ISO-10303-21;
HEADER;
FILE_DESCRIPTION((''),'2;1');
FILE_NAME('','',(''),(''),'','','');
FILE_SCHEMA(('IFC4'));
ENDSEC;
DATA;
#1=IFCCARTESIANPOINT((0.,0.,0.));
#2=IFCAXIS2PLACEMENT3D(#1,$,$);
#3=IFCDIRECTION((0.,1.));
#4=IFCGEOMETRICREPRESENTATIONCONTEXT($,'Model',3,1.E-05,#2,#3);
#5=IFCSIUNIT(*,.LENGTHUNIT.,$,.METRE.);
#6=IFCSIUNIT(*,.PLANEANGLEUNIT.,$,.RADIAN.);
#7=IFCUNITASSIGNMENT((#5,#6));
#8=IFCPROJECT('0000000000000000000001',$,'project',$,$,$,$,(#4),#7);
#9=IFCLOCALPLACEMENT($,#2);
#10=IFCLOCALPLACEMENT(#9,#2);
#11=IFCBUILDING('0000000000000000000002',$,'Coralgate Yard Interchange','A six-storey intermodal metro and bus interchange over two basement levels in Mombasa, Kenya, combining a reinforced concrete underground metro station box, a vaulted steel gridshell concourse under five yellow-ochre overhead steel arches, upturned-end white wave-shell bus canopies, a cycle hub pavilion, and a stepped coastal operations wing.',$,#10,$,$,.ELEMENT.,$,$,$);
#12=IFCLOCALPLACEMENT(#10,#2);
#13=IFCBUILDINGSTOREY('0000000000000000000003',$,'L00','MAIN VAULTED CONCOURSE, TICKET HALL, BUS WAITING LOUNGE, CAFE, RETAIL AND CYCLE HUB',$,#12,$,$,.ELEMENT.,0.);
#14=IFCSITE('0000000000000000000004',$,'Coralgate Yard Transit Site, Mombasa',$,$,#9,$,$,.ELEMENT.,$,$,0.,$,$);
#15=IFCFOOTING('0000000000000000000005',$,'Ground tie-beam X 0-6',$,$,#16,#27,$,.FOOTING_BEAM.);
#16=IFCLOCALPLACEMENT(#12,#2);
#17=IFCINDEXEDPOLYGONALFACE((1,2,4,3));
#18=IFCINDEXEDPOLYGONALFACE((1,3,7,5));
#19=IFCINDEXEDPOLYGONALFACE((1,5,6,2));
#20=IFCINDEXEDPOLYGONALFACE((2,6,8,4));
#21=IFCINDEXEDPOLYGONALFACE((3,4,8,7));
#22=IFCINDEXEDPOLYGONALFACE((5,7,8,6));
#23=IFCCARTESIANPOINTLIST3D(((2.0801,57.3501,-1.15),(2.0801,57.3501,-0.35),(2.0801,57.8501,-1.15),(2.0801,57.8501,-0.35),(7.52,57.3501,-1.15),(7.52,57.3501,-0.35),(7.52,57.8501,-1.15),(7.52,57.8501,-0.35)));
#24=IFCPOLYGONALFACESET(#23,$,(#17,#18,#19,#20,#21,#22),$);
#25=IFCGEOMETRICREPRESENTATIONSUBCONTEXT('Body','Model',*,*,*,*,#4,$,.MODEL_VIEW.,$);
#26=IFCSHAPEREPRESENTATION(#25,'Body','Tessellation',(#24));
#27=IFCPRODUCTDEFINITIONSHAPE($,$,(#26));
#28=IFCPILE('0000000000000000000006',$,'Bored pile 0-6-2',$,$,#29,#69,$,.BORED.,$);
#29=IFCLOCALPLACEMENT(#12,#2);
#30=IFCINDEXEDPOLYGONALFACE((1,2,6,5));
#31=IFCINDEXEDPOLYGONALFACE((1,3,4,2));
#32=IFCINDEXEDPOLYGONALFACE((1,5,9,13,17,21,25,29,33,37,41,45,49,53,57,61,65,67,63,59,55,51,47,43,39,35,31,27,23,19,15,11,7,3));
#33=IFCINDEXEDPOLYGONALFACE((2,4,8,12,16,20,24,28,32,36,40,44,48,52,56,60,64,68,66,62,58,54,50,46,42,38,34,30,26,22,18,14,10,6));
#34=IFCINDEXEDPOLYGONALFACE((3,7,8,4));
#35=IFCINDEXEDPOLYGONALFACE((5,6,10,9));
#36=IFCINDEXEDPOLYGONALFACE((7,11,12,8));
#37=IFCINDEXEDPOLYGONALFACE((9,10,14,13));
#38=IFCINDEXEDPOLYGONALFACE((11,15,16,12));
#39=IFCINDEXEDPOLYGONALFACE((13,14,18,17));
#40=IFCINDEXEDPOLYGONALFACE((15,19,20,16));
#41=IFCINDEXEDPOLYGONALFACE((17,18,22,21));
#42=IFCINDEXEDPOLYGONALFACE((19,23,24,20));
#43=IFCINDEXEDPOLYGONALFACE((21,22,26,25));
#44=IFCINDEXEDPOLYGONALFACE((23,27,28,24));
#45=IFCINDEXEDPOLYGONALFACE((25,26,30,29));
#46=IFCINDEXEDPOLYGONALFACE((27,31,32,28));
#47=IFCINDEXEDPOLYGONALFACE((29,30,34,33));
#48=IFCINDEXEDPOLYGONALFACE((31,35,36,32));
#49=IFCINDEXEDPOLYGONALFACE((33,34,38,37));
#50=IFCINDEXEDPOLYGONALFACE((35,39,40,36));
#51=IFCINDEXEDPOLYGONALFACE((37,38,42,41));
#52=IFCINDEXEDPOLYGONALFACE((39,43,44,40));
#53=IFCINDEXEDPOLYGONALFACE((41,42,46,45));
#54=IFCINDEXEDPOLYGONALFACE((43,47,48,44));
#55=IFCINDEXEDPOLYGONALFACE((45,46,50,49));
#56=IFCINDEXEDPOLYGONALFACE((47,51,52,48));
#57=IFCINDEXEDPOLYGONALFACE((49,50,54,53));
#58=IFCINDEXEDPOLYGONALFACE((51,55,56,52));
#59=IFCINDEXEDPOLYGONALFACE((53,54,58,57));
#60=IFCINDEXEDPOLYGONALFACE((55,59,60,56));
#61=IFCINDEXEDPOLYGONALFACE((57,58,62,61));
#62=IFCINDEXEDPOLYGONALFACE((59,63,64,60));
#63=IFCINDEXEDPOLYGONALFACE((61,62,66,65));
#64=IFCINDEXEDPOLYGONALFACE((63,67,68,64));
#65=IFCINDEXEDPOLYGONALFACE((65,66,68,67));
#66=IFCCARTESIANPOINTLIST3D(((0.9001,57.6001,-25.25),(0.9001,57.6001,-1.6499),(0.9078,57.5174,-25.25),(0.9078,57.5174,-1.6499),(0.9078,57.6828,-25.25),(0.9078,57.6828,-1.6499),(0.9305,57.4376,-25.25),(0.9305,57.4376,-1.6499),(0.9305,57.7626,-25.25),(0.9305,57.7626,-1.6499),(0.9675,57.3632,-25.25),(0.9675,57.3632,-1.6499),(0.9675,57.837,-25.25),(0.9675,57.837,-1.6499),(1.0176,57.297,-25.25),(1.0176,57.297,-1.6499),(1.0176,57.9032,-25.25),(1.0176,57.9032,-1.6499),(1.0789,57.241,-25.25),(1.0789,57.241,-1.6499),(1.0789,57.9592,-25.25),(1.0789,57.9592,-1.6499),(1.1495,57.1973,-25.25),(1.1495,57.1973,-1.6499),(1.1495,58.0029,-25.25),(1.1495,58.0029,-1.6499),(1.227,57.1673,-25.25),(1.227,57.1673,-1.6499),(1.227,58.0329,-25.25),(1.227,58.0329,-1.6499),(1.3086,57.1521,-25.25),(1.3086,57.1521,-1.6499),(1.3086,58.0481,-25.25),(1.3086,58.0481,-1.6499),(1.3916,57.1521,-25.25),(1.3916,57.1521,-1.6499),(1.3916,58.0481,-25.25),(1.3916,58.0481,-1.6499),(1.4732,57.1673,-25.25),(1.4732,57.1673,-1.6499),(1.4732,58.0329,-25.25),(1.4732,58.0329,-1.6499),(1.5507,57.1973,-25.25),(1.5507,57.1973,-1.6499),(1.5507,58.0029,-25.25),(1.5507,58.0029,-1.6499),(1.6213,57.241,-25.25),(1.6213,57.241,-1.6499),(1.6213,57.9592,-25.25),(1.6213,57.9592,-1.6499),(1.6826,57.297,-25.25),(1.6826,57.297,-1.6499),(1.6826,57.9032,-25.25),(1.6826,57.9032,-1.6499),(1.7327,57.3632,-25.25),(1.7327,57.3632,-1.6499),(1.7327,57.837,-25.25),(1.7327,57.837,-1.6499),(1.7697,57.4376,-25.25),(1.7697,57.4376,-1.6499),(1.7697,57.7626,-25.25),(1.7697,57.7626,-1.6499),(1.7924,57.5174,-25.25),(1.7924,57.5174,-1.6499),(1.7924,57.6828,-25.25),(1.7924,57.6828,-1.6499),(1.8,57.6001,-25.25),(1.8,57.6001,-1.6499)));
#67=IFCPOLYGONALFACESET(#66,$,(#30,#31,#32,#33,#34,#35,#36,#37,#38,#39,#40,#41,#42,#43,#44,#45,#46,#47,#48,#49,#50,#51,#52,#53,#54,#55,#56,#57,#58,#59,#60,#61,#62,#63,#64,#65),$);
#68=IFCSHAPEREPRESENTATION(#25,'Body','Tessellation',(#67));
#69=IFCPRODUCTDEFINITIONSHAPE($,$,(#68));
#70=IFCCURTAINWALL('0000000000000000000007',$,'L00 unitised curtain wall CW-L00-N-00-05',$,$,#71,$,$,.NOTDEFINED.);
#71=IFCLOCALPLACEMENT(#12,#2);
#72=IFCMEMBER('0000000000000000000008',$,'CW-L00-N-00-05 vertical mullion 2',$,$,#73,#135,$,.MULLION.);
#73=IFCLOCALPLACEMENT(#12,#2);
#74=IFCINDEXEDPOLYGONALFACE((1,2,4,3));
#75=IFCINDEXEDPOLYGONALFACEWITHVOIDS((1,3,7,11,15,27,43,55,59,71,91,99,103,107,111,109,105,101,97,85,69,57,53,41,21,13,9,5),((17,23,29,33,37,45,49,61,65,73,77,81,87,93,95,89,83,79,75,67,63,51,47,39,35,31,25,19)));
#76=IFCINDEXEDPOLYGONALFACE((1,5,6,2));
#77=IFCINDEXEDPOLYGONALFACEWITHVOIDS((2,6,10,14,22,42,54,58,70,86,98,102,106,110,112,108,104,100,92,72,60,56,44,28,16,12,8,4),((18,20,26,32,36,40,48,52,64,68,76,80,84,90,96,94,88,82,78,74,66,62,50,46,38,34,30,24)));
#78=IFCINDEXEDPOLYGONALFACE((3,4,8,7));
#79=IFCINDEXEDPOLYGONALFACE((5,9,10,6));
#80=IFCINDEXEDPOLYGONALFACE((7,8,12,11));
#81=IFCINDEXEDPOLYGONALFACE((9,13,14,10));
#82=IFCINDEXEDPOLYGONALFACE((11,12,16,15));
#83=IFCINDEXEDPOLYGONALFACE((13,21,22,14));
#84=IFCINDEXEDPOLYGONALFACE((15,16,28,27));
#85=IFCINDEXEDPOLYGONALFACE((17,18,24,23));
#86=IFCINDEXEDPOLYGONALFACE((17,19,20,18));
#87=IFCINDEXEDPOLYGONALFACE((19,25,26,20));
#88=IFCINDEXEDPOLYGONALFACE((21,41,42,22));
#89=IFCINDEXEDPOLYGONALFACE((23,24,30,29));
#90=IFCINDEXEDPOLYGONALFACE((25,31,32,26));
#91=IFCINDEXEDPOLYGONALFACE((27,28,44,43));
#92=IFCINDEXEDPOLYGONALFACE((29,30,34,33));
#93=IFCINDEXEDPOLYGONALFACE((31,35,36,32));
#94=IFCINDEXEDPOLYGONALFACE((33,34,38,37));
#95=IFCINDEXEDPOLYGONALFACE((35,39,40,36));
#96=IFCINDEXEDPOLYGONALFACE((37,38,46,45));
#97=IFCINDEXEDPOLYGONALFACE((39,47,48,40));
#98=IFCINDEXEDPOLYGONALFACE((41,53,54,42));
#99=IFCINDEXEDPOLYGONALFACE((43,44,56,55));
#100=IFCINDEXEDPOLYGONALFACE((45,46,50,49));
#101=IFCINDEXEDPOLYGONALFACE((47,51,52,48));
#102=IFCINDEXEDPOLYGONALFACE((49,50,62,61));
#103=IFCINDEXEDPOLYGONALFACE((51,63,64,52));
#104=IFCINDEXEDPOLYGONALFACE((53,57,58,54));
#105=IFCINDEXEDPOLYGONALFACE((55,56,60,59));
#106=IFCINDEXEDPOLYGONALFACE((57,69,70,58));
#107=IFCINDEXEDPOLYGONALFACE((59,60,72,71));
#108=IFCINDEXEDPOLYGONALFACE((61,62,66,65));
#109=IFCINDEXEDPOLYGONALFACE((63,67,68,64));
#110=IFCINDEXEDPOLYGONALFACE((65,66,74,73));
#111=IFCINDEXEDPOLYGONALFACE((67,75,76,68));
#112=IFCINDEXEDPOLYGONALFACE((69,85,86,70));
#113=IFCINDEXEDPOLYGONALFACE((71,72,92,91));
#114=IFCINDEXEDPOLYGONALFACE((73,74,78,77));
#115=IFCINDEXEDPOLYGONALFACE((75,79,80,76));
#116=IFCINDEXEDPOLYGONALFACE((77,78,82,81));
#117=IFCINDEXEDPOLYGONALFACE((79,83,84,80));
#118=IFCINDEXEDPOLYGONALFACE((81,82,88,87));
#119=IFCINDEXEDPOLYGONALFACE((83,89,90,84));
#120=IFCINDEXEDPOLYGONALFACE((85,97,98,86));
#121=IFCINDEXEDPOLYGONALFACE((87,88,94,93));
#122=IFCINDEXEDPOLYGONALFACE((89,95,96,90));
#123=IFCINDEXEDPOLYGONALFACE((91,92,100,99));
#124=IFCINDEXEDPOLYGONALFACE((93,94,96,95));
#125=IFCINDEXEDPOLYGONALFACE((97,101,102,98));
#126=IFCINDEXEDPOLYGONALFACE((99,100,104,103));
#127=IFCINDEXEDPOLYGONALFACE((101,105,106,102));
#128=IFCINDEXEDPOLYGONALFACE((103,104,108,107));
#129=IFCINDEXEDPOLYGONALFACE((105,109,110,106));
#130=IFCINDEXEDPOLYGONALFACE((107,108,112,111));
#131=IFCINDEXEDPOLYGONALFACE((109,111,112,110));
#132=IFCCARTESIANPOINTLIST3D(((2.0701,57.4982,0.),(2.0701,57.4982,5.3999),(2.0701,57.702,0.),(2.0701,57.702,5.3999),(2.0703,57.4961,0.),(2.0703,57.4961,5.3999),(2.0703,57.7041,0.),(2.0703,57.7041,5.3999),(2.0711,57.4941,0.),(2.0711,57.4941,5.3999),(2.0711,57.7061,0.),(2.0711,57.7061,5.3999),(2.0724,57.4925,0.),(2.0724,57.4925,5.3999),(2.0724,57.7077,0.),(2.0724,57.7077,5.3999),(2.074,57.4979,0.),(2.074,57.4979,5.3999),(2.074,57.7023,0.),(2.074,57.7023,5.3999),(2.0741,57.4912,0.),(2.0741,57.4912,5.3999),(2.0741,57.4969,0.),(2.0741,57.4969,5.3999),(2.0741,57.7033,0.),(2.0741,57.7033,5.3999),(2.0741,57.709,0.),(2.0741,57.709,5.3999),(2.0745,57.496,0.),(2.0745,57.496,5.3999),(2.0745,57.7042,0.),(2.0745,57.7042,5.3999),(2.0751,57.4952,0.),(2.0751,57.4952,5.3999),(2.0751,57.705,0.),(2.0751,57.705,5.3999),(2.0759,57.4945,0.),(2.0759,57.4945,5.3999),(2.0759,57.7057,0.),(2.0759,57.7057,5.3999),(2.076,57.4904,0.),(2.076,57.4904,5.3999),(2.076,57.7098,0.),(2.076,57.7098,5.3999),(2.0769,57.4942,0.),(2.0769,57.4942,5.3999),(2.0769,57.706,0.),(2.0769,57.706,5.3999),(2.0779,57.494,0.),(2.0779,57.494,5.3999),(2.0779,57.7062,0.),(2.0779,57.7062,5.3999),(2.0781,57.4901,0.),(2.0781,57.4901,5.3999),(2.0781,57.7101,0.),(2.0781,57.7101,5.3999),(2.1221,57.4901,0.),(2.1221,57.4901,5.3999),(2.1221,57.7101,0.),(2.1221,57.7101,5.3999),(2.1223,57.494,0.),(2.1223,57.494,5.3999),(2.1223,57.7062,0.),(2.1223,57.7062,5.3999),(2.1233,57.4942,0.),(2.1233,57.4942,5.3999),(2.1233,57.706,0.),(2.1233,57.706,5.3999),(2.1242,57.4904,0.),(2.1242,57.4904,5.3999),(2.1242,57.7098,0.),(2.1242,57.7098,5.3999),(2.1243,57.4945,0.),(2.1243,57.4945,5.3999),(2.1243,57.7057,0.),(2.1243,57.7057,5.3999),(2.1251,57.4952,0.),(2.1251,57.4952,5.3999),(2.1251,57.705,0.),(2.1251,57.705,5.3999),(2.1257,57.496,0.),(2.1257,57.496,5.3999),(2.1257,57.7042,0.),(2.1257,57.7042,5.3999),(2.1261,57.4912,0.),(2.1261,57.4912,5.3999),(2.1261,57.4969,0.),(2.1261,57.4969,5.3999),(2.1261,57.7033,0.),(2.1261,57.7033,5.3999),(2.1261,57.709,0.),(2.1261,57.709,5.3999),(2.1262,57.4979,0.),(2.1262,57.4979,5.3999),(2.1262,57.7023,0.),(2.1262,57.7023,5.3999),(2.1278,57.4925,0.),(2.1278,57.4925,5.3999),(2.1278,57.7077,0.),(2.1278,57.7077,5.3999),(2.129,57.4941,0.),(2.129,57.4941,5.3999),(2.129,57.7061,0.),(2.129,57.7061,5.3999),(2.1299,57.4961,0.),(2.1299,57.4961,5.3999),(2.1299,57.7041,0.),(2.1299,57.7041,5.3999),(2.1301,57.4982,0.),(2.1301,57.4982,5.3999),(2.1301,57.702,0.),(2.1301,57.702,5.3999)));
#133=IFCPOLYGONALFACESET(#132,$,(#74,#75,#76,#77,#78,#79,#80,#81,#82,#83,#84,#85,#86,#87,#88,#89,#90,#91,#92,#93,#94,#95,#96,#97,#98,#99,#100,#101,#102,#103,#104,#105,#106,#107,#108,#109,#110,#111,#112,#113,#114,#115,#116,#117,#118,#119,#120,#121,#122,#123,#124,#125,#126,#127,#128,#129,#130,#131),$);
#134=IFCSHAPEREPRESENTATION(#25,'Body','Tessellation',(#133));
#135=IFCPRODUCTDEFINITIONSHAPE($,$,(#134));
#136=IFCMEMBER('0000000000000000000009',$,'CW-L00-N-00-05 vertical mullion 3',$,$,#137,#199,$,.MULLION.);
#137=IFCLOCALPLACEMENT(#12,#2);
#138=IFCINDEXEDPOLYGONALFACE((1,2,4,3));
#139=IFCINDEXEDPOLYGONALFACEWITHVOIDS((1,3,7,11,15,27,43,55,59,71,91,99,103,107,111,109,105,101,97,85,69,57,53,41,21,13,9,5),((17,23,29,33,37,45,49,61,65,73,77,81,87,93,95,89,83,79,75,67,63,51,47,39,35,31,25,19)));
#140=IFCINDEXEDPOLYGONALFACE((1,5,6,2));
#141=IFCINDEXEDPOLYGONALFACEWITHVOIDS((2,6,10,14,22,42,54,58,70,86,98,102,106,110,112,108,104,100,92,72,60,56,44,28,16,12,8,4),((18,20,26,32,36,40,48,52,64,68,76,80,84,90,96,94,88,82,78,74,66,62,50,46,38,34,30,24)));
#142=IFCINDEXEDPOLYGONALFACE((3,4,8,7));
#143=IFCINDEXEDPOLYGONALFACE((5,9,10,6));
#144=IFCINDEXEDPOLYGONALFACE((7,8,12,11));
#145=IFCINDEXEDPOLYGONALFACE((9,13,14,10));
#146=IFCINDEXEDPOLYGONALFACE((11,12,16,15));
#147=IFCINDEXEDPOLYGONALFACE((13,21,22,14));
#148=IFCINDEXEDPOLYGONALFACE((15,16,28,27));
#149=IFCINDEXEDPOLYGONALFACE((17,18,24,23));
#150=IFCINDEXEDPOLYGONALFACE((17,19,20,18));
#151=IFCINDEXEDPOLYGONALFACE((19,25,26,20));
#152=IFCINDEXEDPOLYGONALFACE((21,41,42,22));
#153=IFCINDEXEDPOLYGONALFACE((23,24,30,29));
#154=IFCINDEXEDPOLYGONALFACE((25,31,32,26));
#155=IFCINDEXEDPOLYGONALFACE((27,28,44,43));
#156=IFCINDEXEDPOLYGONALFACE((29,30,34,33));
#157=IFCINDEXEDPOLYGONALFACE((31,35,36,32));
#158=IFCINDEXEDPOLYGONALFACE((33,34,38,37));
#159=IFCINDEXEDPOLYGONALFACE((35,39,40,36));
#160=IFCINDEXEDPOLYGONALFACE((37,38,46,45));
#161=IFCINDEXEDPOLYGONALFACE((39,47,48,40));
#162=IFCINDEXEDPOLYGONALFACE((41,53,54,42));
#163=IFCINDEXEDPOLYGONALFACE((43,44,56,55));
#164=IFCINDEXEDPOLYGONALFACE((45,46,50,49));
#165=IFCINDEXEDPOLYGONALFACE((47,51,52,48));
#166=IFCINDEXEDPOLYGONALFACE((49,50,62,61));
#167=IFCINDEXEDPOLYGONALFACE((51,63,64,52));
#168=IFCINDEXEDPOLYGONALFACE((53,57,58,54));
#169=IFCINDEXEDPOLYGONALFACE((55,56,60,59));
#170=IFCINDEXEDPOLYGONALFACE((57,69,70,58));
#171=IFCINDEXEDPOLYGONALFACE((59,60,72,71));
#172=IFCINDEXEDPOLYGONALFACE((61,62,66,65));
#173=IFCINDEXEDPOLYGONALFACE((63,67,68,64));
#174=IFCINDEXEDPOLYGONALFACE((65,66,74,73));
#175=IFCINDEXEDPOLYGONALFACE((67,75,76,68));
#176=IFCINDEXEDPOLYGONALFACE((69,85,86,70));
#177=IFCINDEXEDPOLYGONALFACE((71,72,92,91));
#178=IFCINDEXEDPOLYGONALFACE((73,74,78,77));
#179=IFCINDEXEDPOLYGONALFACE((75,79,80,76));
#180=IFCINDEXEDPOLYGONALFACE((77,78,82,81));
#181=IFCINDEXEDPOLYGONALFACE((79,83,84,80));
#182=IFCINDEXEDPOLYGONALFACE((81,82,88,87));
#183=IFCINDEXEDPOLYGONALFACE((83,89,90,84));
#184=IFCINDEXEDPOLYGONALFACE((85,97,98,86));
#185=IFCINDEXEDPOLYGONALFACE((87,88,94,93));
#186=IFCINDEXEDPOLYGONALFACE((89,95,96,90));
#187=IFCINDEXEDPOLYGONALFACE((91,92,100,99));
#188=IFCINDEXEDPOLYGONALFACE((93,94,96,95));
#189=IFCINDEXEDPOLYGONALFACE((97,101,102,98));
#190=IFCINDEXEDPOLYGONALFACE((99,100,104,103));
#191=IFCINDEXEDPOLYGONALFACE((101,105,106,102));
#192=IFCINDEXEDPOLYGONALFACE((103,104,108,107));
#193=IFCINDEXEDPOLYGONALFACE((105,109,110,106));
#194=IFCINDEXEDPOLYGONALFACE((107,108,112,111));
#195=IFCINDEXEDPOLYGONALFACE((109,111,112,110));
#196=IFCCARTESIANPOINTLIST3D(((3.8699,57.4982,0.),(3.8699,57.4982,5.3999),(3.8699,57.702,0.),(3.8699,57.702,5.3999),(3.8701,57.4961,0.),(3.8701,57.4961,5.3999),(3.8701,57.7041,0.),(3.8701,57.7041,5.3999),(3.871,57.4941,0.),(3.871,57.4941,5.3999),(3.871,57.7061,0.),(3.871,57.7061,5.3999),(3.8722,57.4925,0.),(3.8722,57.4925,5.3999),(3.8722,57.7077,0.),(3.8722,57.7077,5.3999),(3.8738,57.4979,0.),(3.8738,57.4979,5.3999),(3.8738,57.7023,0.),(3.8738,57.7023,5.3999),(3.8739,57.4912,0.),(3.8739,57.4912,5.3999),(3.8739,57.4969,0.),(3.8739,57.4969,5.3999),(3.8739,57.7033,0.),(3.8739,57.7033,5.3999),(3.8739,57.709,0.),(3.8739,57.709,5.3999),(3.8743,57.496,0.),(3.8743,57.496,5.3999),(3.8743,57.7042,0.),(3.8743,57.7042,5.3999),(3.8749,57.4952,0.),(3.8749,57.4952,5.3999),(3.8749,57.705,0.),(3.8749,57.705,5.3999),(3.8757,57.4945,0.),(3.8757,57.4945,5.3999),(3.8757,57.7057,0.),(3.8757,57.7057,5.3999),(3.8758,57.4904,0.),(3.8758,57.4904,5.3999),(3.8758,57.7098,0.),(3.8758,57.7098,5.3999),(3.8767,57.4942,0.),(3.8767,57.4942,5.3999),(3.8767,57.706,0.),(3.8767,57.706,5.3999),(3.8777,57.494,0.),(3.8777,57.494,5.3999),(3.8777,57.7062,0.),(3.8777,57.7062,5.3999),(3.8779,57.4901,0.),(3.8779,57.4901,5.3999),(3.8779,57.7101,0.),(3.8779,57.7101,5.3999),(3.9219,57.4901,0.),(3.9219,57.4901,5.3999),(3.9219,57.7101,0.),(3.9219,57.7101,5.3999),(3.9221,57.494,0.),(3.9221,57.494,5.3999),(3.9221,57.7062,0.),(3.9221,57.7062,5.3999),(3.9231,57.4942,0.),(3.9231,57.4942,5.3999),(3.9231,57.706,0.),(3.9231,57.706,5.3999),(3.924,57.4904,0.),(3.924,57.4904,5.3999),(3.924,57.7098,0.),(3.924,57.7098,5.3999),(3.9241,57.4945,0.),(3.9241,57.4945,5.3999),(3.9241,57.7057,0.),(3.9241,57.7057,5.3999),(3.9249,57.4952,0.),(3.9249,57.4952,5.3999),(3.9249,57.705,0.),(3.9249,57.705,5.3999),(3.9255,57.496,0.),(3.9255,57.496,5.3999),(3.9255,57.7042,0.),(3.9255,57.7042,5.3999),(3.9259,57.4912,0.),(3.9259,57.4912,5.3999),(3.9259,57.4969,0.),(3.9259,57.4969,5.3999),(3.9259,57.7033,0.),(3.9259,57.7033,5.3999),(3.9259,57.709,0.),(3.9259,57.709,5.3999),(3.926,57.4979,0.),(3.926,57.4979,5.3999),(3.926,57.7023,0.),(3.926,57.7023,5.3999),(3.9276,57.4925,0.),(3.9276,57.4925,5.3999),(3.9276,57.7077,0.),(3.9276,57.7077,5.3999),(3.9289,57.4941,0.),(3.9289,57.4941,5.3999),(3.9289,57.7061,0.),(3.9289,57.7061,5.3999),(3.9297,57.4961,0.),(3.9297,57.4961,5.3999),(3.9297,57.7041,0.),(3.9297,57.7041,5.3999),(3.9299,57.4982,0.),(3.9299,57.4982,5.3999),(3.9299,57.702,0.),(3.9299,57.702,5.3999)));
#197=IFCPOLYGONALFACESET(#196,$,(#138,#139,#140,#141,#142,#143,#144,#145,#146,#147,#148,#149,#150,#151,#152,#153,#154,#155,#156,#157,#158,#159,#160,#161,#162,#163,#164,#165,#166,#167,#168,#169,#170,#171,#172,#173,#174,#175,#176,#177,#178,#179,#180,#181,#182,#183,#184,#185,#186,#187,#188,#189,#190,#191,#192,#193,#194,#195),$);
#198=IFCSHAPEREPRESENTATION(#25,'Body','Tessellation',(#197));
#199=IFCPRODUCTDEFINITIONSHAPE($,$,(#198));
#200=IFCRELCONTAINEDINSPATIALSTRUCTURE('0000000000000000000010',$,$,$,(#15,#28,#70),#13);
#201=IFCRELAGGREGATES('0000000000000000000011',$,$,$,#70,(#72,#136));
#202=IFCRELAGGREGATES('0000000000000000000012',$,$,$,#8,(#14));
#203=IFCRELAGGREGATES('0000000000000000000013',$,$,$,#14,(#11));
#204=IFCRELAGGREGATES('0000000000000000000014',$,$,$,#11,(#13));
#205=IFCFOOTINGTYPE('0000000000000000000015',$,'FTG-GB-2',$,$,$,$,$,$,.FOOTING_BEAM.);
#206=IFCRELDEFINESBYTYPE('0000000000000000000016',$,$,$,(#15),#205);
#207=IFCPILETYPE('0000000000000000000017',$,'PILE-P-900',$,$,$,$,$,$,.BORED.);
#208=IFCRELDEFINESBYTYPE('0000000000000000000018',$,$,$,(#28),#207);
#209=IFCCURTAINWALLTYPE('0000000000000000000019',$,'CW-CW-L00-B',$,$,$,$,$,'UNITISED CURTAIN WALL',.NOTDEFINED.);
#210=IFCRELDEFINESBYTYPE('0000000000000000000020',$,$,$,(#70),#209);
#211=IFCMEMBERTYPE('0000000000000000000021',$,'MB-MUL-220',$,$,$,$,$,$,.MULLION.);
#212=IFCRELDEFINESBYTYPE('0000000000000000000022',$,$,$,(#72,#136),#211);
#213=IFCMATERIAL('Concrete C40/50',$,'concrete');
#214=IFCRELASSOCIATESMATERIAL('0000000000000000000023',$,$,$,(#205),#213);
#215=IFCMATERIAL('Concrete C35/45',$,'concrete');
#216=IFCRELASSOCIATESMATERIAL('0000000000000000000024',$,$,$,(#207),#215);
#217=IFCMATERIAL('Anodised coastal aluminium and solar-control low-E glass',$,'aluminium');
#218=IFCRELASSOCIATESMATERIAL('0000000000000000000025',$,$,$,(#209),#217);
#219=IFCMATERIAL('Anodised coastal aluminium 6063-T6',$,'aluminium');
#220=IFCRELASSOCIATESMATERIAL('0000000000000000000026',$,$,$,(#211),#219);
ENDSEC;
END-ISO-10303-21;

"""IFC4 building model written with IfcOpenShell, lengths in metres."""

from ifc_helpers import new_model, si_unit, direction, frame, origin, origin_2d, place, context, subcontext, project, spatial, rectangle, hollow_rectangle, circle, extrude, material, material_profile, profile_set, type_object, element, aggregate, save


model = new_model("IFC4")

# Units and contexts
model_context = context("Model", 3, precision=1e-05, world=origin(), true_north=direction((0.0, 1.0)))
body_context = subcontext(model_context, "Body", "Model", "MODEL_VIEW")
ifc_project = project(units=[si_unit("LENGTHUNIT", "METRE"), si_unit("PLANEANGLEUNIT", "RADIAN")], contexts=[model_context])

# Site, building, storey
site_placement = place(None, origin())
site = spatial("IfcSite", under=ifc_project, at=site_placement, Name="Coralgate Yard Transit Site, Mombasa", CompositionType="ELEMENT", RefElevation=0.0)
building_placement = place(site_placement, origin())
building = spatial("IfcBuilding", under=site, at=building_placement, Name="Coralgate Yard Interchange", Description="A six-storey intermodal metro and bus interchange over two basement levels in Mombasa, Kenya, combining a reinforced concrete underground metro station box, a vaulted steel gridshell concourse under five yellow-ochre overhead steel arches, upturned-end white wave-shell bus canopies, a cycle hub pavilion, and a stepped coastal operations wing.", CompositionType="ELEMENT")
storey_placement = place(building_placement, origin())
storey = spatial("IfcBuildingStorey", under=building, at=storey_placement, Name="L00", Description="MAIN VAULTED CONCOURSE, TICKET HALL, BUS WAITING LOUNGE, CAFE, RETAIL AND CYCLE HUB", CompositionType="ELEMENT", Elevation=0.0)

# Footing
ifc_material_1 = material(Name="Concrete C40/50", Category="concrete")
ifc_material_profile_1 = material_profile(ifc_material_1, rectangle(XDim=0.5, YDim=0.8, at=origin_2d()), Name="RC 500x800")
ifc_profile_set_1 = profile_set([ifc_material_profile_1], Name="Concrete C40/50")
footing_type = type_object("IfcFootingType", Name="FTG-GB-2", PredefinedType="FOOTING_BEAM", material=ifc_profile_set_1)
footing_placement = place(storey_placement, frame((2.0801, 57.6001, -0.75), z_axis=(1.0, 0.0, 0.0), x_axis=(0.0, 1.0, 0.0)))
element("IfcFooting", 1, at=footing_placement, inside=storey, type_object=footing_type, Name="Ground tie-beam X 0-6", PredefinedType="FOOTING_BEAM", context=body_context, shape_type="SweptSolid", body=[
    extrude(rectangle(XDim=0.5, YDim=0.8, at=origin_2d()), origin(), (0.0, 0.0, 1.0), 5.4399),
])

# Pile
ifc_material_2 = material(Name="Concrete C35/45", Category="concrete")
ifc_material_profile_2 = material_profile(ifc_material_2, circle(Radius=0.45, at=origin_2d()), Name="BORED PILE D900")
ifc_profile_set_2 = profile_set([ifc_material_profile_2], Name="Concrete C35/45")
pile_type = type_object("IfcPileType", Name="PILE-P-900", PredefinedType="BORED", material=ifc_profile_set_2)
pile_placement = place(storey_placement, frame((1.3501, 57.6001, -1.6499), z_axis=(0.0, 0.0, -1.0), x_axis=(1.0, 0.0, 0.0)))
element("IfcPile", 2, at=pile_placement, inside=storey, type_object=pile_type, Name="Bored pile 0-6-2", PredefinedType="BORED", context=body_context, shape_type="SweptSolid", body=[
    extrude(circle(Radius=0.45, at=origin_2d()), origin(), (0.0, 0.0, 1.0), 23.6001),
])

# Curtain wall, members
ifc_material_3 = material(Name="Anodised coastal aluminium and solar-control low-E glass", Category="aluminium")
curtain_wall_type = type_object("IfcCurtainWallType", Name="CW-CW-L00-B", ElementType="UNITISED CURTAIN WALL", PredefinedType="NOTDEFINED", material=ifc_material_3)
curtain_wall_placement = place(storey_placement, origin())
curtain_wall = element("IfcCurtainWall", 3, at=curtain_wall_placement, inside=storey, type_object=curtain_wall_type, Name="L00 unitised curtain wall CW-L00-N-00-05", PredefinedType="NOTDEFINED")
ifc_material_4 = material(Name="Anodised coastal aluminium 6063-T6", Category="aluminium")
ifc_material_profile_3 = material_profile(ifc_material_4, hollow_rectangle(XDim=0.0601, YDim=0.22, WallThickness=0.0039, InnerFilletRadius=0.0039, OuterFilletRadius=0.0081, at=origin_2d()), Name="ALU 60x220x4")
ifc_profile_set_3 = profile_set([ifc_material_profile_3], Name="Anodised coastal aluminium 6063-T6")
member_type_1 = type_object("IfcMemberType", Name="MB-MUL-220", PredefinedType="MULLION", material=ifc_profile_set_3)
member_1_placement = place(storey_placement, frame((2.1001, 57.6001, 0.0), z_axis=(0.0, 0.0, 1.0), x_axis=(1.0, 0.0, 0.0)))
member_1 = element("IfcMember", 4, at=member_1_placement, type_object=member_type_1, Name="CW-L00-N-00-05 vertical mullion 2", PredefinedType="MULLION", context=body_context, shape_type="SweptSolid", body=[
    extrude(hollow_rectangle(XDim=0.0601, YDim=0.22, WallThickness=0.0039, InnerFilletRadius=0.0039, OuterFilletRadius=0.0081, at=origin_2d()), origin(), (0.0, 0.0, 1.0), 5.3999),
])
member_2_placement = place(storey_placement, frame((3.8999, 57.6001, 0.0), z_axis=(0.0, 0.0, 1.0), x_axis=(1.0, 0.0, 0.0)))
member_2 = element("IfcMember", 5, at=member_2_placement, type_object=member_type_1, Name="CW-L00-N-00-05 vertical mullion 3", PredefinedType="MULLION", context=body_context, shape_type="SweptSolid", body=[
    extrude(hollow_rectangle(XDim=0.0601, YDim=0.22, WallThickness=0.0039, InnerFilletRadius=0.0039, OuterFilletRadius=0.0081, at=origin_2d()), origin(), (0.0, 0.0, 1.0), 5.3999),
])
aggregate(curtain_wall, [member_1, member_2])

save(model, "model.ifc")
